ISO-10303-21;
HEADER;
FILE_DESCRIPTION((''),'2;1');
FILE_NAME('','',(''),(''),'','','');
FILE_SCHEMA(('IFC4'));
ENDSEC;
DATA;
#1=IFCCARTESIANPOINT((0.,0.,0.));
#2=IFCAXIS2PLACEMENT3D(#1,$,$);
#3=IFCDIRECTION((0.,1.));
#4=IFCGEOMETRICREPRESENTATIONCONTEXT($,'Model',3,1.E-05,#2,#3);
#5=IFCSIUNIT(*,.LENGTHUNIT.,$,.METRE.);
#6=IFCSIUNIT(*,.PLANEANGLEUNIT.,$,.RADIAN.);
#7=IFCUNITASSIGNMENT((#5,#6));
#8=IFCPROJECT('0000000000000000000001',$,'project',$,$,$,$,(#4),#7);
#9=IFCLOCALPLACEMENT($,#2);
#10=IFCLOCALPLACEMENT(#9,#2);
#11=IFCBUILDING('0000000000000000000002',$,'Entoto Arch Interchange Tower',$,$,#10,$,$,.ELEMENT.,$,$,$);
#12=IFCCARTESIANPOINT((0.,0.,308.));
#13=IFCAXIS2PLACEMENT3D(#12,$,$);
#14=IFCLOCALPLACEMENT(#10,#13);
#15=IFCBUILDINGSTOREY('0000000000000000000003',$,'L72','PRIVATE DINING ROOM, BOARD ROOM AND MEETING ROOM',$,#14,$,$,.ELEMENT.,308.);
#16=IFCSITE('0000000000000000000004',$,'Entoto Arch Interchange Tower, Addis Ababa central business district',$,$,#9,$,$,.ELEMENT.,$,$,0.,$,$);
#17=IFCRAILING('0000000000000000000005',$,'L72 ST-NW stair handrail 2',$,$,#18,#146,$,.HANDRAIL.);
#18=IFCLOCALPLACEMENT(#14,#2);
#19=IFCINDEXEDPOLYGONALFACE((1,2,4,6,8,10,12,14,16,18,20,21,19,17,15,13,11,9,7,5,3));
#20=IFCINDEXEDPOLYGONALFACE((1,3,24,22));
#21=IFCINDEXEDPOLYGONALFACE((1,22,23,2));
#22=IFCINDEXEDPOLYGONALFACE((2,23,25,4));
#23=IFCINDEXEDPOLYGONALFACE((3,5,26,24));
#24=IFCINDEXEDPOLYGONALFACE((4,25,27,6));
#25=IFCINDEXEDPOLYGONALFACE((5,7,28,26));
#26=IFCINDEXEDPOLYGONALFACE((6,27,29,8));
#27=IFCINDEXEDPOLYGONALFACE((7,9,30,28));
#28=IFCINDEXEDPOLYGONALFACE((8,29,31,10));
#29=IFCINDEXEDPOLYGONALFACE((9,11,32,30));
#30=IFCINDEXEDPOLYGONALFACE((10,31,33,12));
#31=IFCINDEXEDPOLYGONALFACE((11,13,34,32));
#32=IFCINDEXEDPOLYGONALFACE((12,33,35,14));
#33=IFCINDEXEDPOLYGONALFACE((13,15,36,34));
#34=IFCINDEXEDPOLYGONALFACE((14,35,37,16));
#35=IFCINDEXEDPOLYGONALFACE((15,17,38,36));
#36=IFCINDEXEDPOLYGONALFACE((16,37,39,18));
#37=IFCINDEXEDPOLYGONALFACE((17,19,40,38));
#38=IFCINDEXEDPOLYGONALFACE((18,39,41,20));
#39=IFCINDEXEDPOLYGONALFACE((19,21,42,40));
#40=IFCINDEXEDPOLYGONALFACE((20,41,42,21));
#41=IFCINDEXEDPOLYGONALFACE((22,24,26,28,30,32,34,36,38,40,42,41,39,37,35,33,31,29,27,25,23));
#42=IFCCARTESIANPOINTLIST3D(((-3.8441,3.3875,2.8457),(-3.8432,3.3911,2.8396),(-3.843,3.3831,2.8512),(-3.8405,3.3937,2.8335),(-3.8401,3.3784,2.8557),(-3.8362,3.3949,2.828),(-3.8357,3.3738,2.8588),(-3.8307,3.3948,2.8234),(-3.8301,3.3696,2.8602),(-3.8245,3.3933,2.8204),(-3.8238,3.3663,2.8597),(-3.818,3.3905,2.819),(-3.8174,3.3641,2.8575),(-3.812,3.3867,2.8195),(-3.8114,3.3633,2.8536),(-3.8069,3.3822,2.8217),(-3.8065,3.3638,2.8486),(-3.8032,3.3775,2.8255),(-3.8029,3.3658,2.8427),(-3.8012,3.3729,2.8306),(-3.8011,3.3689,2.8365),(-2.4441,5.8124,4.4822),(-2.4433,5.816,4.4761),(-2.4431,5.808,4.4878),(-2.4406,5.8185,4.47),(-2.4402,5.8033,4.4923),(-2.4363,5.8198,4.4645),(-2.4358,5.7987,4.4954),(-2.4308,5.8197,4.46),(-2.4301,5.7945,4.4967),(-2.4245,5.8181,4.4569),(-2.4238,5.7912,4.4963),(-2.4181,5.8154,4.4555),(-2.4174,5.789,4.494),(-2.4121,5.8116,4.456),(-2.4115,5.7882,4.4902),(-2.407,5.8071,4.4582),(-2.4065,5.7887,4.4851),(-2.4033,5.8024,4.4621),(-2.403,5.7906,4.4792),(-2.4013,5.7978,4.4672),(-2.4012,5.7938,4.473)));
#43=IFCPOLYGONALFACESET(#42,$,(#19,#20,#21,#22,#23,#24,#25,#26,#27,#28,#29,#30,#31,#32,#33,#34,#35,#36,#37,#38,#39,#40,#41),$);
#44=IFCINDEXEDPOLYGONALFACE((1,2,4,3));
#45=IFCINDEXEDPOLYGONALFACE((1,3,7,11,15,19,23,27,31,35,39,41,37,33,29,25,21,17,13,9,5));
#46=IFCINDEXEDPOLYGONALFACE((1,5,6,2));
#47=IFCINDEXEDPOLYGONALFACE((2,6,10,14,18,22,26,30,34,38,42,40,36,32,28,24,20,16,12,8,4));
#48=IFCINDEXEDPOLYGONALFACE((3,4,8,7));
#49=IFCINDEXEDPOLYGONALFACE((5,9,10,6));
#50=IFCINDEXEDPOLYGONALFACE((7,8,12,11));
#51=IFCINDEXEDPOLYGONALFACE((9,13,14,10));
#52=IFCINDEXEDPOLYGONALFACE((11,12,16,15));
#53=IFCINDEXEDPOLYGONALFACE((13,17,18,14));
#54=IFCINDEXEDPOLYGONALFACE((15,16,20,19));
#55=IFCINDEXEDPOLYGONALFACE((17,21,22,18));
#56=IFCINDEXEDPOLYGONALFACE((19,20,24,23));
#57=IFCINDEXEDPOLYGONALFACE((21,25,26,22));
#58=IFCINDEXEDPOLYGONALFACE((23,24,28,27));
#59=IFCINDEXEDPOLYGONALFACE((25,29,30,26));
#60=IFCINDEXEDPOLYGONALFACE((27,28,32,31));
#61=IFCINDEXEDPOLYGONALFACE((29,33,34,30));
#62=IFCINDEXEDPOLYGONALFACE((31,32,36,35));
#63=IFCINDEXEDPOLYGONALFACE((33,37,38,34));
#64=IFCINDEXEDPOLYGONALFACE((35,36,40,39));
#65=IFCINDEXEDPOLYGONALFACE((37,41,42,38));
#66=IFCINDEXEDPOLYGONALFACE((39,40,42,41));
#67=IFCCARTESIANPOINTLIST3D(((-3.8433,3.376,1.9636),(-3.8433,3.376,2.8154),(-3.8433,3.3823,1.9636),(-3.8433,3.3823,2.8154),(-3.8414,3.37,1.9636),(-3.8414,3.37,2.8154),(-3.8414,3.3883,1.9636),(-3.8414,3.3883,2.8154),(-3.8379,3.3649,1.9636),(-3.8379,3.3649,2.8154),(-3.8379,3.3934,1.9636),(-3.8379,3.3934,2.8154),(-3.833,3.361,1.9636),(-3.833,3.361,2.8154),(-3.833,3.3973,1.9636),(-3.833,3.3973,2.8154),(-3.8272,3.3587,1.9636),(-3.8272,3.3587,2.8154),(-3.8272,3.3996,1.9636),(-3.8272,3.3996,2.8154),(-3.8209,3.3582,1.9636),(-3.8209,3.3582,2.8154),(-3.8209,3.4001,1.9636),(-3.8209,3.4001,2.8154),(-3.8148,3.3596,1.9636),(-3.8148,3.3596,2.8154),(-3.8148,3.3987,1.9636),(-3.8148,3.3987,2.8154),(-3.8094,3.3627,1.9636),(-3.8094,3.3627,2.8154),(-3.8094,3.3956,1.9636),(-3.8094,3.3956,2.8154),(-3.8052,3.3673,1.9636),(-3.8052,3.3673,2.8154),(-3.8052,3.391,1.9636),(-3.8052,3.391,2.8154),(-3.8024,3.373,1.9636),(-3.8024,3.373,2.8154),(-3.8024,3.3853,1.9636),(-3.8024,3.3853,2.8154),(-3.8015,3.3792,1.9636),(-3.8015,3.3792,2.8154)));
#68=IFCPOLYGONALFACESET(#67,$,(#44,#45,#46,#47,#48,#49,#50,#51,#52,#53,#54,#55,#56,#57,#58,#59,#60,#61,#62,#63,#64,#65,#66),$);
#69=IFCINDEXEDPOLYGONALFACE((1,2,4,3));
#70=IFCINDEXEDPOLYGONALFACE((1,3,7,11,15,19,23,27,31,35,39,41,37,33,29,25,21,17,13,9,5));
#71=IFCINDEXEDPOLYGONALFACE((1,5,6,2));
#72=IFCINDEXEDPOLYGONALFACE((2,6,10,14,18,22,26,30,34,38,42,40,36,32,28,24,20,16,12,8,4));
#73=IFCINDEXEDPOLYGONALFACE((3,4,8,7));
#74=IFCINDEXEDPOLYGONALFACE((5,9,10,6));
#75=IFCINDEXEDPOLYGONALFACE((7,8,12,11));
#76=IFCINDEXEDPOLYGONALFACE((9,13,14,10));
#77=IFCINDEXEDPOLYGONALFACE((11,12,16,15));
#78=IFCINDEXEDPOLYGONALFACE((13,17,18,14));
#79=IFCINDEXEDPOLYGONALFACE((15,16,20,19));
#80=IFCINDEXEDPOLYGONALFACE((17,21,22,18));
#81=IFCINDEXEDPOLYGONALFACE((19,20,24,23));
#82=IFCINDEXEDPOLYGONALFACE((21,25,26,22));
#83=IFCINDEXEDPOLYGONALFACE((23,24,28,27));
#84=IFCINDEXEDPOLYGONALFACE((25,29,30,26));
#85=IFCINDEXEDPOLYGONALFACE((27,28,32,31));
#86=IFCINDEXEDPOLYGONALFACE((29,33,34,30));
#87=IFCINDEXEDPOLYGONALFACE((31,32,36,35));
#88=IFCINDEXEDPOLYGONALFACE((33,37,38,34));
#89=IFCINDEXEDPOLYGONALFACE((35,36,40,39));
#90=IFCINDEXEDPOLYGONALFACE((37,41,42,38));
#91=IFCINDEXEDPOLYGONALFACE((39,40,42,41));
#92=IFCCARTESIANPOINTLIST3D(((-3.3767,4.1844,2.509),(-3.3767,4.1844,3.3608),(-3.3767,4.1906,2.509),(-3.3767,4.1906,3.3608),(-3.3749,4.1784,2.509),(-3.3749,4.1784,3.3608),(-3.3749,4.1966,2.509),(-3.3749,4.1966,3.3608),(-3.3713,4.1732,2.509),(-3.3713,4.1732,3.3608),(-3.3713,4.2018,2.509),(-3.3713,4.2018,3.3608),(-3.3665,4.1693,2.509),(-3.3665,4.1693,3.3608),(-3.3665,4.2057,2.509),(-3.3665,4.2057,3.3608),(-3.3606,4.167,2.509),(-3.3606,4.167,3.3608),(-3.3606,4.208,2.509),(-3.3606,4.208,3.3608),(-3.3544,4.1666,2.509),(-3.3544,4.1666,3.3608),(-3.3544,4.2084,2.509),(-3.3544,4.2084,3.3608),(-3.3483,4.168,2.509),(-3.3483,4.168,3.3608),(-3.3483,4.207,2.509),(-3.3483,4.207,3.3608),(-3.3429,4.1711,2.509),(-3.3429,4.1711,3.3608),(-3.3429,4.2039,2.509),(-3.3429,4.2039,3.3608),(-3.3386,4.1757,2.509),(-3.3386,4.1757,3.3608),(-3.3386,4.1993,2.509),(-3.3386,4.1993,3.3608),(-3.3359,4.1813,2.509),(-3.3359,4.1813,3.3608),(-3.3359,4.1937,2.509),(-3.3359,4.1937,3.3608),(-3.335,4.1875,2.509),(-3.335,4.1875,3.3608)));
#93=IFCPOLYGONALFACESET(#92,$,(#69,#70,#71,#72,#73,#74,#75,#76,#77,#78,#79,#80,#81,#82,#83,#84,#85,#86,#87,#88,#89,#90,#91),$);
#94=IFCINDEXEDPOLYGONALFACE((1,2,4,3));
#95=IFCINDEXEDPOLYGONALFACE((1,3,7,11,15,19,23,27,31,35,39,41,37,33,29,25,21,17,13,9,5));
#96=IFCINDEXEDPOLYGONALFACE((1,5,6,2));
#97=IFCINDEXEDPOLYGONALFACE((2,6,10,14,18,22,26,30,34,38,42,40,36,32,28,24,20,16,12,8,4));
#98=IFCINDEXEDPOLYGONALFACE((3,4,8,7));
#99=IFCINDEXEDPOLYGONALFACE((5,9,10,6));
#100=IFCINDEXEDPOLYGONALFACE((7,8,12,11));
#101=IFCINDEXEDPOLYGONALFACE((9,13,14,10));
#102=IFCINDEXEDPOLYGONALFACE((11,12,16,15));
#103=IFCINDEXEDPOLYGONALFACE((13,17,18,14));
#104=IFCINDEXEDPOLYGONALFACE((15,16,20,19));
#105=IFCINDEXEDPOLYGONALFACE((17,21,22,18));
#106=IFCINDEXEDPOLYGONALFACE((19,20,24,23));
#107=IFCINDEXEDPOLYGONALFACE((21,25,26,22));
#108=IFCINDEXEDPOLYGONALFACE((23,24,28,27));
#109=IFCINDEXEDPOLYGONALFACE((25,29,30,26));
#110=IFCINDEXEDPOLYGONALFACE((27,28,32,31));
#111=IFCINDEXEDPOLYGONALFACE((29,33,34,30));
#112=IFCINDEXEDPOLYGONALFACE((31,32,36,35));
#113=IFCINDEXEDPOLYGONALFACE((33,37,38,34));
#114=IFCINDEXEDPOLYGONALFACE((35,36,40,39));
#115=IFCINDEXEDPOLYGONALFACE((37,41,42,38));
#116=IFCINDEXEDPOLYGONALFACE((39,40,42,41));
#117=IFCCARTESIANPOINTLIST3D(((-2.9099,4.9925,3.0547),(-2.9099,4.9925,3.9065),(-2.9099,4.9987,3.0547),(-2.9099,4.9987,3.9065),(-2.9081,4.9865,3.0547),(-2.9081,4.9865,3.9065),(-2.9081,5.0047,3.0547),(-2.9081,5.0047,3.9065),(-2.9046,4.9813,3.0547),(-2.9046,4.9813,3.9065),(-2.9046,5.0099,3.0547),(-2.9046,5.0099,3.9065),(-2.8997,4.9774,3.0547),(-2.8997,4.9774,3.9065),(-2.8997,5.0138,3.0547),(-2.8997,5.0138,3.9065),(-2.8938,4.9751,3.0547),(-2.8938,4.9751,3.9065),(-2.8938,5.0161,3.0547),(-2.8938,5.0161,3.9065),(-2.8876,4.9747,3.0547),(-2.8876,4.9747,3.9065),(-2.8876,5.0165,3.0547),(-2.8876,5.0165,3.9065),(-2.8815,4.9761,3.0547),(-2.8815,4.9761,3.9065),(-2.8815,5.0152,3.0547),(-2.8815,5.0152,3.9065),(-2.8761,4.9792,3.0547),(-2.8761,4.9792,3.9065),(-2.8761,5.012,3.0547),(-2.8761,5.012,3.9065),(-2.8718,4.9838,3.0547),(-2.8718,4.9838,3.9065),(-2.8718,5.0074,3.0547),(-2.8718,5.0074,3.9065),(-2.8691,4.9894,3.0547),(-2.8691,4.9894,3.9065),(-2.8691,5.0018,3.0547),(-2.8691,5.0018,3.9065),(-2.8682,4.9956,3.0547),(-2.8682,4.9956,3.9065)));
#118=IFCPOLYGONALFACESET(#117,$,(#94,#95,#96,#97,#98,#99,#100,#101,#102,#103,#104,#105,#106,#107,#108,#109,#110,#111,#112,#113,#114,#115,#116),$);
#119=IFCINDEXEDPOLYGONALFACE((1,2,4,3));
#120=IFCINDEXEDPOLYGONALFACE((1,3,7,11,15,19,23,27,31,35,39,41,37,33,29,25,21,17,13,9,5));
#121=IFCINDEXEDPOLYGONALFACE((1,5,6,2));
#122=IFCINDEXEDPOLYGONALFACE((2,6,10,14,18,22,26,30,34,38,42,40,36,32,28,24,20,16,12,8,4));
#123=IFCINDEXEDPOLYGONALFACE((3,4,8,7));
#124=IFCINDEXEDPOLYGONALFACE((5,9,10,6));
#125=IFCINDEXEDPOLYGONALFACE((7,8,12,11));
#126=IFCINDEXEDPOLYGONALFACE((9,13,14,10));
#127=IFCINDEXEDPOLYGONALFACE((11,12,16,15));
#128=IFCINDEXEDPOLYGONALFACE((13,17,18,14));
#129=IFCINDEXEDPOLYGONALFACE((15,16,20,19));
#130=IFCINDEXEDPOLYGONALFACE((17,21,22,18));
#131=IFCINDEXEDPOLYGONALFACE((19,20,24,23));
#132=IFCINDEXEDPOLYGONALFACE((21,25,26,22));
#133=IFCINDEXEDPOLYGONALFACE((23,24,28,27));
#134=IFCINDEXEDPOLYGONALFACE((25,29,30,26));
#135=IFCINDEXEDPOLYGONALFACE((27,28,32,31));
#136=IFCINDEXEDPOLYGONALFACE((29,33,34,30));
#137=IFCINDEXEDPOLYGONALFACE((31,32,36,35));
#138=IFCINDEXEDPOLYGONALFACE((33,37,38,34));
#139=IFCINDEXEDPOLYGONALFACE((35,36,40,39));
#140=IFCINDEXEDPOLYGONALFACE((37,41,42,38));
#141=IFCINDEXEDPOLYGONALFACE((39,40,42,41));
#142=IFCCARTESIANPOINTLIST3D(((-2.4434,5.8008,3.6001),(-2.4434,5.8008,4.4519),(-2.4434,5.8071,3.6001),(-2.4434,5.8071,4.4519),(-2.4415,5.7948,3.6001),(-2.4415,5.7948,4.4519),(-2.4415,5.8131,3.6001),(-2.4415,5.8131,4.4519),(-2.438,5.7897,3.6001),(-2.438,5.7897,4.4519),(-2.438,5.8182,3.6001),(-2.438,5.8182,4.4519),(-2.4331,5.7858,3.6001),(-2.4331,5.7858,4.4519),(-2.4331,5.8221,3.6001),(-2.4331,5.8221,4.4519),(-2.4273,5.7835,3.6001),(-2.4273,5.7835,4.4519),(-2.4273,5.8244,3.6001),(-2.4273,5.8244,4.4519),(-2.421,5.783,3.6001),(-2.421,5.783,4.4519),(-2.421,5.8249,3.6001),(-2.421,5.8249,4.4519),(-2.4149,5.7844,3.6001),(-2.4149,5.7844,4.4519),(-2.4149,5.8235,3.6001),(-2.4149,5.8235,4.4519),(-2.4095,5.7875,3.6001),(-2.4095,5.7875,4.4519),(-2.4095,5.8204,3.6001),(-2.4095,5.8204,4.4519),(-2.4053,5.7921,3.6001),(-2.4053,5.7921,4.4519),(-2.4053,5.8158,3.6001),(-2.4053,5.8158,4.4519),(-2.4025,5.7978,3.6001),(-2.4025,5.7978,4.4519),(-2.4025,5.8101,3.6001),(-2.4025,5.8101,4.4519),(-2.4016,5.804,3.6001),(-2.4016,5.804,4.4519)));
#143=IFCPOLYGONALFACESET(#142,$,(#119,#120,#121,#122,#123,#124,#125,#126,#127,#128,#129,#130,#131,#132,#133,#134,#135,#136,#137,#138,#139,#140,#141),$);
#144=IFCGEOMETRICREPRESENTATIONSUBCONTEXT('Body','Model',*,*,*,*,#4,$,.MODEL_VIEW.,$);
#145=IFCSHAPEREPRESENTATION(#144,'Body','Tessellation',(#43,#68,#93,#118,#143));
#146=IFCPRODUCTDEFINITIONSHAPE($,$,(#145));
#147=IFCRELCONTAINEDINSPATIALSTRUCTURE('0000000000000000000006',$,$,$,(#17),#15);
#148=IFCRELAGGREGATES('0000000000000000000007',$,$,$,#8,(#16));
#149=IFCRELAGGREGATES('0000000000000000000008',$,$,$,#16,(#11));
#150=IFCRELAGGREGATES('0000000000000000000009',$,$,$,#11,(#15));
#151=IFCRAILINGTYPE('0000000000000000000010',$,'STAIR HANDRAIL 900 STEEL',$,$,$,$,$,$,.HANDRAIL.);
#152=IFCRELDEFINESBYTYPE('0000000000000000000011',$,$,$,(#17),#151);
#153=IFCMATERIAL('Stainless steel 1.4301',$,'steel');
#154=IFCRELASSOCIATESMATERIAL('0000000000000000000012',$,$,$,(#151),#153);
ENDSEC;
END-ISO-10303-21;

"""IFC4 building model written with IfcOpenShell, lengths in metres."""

from ifc_helpers import new_model, si_unit, direction, frame, origin, origin_2d, place, context, subcontext, project, spatial, circle, extrude, material, type_object, element, save


model = new_model("IFC4")

# Units and contexts
model_context = context("Model", 3, precision=1e-05, world=origin(), true_north=direction((0.0, 1.0)))
body_context = subcontext(model_context, "Body", "Model", "MODEL_VIEW")
ifc_project = project(units=[si_unit("LENGTHUNIT", "METRE"), si_unit("PLANEANGLEUNIT", "RADIAN")], contexts=[model_context])

# Site, building, storey
site_placement = place(None, origin())
site = spatial("IfcSite", under=ifc_project, at=site_placement, Name="Entoto Arch Interchange Tower, Addis Ababa central business district", CompositionType="ELEMENT", RefElevation=0.0)
building_placement = place(site_placement, origin())
building = spatial("IfcBuilding", under=site, at=building_placement, Name="Entoto Arch Interchange Tower", CompositionType="ELEMENT")
storey_placement = place(building_placement, frame((0.0, 0.0, 308.0)))
storey = spatial("IfcBuildingStorey", under=building, at=storey_placement, Name="L72", Description="PRIVATE DINING ROOM, BOARD ROOM AND MEETING ROOM", CompositionType="ELEMENT", Elevation=308.0)

# Railing
ifc_material_1 = material(Name="Stainless steel 1.4301", Category="steel")
railing_type_1 = type_object("IfcRailingType", Name="STAIR HANDRAIL 900 STEEL", PredefinedType="HANDRAIL", material=ifc_material_1)
railing_1_placement = place(storey_placement, frame((-3.8225, 3.3792, 1.9636)))
element("IfcRailing", 1, at=railing_1_placement, inside=storey, type_object=railing_type_1, Name="L72 ST-NW stair handrail 2", PredefinedType="HANDRAIL", context=body_context, shape_type="SweptSolid", body=[
    extrude(circle(Radius=0.0239, at=origin_2d()), frame((0.0, 0.0, 0.876), z_axis=(0.431661, 0.74769, 0.504608), x_axis=(-0.866035, 0.499984, 0.0)), (0.0, 0.0, 1.0), 3.2432),
    extrude(circle(Radius=0.021, at=origin_2d()), origin(), (0.0, 0.0, 1.0), 0.8518),
    extrude(circle(Radius=0.021, at=origin_2d()), frame((0.4666, 0.8083, 0.5454)), (0.0, 0.0, 1.0), 0.8518),
    extrude(circle(Radius=0.021, at=origin_2d()), frame((0.9333, 1.6165, 1.0911)), (0.0, 0.0, 1.0), 0.8518),
    extrude(circle(Radius=0.021, at=origin_2d()), frame((1.3999, 2.4248, 1.6365)), (0.0, 0.0, 1.0), 0.8518),
])

save(model, "model.ifc")
